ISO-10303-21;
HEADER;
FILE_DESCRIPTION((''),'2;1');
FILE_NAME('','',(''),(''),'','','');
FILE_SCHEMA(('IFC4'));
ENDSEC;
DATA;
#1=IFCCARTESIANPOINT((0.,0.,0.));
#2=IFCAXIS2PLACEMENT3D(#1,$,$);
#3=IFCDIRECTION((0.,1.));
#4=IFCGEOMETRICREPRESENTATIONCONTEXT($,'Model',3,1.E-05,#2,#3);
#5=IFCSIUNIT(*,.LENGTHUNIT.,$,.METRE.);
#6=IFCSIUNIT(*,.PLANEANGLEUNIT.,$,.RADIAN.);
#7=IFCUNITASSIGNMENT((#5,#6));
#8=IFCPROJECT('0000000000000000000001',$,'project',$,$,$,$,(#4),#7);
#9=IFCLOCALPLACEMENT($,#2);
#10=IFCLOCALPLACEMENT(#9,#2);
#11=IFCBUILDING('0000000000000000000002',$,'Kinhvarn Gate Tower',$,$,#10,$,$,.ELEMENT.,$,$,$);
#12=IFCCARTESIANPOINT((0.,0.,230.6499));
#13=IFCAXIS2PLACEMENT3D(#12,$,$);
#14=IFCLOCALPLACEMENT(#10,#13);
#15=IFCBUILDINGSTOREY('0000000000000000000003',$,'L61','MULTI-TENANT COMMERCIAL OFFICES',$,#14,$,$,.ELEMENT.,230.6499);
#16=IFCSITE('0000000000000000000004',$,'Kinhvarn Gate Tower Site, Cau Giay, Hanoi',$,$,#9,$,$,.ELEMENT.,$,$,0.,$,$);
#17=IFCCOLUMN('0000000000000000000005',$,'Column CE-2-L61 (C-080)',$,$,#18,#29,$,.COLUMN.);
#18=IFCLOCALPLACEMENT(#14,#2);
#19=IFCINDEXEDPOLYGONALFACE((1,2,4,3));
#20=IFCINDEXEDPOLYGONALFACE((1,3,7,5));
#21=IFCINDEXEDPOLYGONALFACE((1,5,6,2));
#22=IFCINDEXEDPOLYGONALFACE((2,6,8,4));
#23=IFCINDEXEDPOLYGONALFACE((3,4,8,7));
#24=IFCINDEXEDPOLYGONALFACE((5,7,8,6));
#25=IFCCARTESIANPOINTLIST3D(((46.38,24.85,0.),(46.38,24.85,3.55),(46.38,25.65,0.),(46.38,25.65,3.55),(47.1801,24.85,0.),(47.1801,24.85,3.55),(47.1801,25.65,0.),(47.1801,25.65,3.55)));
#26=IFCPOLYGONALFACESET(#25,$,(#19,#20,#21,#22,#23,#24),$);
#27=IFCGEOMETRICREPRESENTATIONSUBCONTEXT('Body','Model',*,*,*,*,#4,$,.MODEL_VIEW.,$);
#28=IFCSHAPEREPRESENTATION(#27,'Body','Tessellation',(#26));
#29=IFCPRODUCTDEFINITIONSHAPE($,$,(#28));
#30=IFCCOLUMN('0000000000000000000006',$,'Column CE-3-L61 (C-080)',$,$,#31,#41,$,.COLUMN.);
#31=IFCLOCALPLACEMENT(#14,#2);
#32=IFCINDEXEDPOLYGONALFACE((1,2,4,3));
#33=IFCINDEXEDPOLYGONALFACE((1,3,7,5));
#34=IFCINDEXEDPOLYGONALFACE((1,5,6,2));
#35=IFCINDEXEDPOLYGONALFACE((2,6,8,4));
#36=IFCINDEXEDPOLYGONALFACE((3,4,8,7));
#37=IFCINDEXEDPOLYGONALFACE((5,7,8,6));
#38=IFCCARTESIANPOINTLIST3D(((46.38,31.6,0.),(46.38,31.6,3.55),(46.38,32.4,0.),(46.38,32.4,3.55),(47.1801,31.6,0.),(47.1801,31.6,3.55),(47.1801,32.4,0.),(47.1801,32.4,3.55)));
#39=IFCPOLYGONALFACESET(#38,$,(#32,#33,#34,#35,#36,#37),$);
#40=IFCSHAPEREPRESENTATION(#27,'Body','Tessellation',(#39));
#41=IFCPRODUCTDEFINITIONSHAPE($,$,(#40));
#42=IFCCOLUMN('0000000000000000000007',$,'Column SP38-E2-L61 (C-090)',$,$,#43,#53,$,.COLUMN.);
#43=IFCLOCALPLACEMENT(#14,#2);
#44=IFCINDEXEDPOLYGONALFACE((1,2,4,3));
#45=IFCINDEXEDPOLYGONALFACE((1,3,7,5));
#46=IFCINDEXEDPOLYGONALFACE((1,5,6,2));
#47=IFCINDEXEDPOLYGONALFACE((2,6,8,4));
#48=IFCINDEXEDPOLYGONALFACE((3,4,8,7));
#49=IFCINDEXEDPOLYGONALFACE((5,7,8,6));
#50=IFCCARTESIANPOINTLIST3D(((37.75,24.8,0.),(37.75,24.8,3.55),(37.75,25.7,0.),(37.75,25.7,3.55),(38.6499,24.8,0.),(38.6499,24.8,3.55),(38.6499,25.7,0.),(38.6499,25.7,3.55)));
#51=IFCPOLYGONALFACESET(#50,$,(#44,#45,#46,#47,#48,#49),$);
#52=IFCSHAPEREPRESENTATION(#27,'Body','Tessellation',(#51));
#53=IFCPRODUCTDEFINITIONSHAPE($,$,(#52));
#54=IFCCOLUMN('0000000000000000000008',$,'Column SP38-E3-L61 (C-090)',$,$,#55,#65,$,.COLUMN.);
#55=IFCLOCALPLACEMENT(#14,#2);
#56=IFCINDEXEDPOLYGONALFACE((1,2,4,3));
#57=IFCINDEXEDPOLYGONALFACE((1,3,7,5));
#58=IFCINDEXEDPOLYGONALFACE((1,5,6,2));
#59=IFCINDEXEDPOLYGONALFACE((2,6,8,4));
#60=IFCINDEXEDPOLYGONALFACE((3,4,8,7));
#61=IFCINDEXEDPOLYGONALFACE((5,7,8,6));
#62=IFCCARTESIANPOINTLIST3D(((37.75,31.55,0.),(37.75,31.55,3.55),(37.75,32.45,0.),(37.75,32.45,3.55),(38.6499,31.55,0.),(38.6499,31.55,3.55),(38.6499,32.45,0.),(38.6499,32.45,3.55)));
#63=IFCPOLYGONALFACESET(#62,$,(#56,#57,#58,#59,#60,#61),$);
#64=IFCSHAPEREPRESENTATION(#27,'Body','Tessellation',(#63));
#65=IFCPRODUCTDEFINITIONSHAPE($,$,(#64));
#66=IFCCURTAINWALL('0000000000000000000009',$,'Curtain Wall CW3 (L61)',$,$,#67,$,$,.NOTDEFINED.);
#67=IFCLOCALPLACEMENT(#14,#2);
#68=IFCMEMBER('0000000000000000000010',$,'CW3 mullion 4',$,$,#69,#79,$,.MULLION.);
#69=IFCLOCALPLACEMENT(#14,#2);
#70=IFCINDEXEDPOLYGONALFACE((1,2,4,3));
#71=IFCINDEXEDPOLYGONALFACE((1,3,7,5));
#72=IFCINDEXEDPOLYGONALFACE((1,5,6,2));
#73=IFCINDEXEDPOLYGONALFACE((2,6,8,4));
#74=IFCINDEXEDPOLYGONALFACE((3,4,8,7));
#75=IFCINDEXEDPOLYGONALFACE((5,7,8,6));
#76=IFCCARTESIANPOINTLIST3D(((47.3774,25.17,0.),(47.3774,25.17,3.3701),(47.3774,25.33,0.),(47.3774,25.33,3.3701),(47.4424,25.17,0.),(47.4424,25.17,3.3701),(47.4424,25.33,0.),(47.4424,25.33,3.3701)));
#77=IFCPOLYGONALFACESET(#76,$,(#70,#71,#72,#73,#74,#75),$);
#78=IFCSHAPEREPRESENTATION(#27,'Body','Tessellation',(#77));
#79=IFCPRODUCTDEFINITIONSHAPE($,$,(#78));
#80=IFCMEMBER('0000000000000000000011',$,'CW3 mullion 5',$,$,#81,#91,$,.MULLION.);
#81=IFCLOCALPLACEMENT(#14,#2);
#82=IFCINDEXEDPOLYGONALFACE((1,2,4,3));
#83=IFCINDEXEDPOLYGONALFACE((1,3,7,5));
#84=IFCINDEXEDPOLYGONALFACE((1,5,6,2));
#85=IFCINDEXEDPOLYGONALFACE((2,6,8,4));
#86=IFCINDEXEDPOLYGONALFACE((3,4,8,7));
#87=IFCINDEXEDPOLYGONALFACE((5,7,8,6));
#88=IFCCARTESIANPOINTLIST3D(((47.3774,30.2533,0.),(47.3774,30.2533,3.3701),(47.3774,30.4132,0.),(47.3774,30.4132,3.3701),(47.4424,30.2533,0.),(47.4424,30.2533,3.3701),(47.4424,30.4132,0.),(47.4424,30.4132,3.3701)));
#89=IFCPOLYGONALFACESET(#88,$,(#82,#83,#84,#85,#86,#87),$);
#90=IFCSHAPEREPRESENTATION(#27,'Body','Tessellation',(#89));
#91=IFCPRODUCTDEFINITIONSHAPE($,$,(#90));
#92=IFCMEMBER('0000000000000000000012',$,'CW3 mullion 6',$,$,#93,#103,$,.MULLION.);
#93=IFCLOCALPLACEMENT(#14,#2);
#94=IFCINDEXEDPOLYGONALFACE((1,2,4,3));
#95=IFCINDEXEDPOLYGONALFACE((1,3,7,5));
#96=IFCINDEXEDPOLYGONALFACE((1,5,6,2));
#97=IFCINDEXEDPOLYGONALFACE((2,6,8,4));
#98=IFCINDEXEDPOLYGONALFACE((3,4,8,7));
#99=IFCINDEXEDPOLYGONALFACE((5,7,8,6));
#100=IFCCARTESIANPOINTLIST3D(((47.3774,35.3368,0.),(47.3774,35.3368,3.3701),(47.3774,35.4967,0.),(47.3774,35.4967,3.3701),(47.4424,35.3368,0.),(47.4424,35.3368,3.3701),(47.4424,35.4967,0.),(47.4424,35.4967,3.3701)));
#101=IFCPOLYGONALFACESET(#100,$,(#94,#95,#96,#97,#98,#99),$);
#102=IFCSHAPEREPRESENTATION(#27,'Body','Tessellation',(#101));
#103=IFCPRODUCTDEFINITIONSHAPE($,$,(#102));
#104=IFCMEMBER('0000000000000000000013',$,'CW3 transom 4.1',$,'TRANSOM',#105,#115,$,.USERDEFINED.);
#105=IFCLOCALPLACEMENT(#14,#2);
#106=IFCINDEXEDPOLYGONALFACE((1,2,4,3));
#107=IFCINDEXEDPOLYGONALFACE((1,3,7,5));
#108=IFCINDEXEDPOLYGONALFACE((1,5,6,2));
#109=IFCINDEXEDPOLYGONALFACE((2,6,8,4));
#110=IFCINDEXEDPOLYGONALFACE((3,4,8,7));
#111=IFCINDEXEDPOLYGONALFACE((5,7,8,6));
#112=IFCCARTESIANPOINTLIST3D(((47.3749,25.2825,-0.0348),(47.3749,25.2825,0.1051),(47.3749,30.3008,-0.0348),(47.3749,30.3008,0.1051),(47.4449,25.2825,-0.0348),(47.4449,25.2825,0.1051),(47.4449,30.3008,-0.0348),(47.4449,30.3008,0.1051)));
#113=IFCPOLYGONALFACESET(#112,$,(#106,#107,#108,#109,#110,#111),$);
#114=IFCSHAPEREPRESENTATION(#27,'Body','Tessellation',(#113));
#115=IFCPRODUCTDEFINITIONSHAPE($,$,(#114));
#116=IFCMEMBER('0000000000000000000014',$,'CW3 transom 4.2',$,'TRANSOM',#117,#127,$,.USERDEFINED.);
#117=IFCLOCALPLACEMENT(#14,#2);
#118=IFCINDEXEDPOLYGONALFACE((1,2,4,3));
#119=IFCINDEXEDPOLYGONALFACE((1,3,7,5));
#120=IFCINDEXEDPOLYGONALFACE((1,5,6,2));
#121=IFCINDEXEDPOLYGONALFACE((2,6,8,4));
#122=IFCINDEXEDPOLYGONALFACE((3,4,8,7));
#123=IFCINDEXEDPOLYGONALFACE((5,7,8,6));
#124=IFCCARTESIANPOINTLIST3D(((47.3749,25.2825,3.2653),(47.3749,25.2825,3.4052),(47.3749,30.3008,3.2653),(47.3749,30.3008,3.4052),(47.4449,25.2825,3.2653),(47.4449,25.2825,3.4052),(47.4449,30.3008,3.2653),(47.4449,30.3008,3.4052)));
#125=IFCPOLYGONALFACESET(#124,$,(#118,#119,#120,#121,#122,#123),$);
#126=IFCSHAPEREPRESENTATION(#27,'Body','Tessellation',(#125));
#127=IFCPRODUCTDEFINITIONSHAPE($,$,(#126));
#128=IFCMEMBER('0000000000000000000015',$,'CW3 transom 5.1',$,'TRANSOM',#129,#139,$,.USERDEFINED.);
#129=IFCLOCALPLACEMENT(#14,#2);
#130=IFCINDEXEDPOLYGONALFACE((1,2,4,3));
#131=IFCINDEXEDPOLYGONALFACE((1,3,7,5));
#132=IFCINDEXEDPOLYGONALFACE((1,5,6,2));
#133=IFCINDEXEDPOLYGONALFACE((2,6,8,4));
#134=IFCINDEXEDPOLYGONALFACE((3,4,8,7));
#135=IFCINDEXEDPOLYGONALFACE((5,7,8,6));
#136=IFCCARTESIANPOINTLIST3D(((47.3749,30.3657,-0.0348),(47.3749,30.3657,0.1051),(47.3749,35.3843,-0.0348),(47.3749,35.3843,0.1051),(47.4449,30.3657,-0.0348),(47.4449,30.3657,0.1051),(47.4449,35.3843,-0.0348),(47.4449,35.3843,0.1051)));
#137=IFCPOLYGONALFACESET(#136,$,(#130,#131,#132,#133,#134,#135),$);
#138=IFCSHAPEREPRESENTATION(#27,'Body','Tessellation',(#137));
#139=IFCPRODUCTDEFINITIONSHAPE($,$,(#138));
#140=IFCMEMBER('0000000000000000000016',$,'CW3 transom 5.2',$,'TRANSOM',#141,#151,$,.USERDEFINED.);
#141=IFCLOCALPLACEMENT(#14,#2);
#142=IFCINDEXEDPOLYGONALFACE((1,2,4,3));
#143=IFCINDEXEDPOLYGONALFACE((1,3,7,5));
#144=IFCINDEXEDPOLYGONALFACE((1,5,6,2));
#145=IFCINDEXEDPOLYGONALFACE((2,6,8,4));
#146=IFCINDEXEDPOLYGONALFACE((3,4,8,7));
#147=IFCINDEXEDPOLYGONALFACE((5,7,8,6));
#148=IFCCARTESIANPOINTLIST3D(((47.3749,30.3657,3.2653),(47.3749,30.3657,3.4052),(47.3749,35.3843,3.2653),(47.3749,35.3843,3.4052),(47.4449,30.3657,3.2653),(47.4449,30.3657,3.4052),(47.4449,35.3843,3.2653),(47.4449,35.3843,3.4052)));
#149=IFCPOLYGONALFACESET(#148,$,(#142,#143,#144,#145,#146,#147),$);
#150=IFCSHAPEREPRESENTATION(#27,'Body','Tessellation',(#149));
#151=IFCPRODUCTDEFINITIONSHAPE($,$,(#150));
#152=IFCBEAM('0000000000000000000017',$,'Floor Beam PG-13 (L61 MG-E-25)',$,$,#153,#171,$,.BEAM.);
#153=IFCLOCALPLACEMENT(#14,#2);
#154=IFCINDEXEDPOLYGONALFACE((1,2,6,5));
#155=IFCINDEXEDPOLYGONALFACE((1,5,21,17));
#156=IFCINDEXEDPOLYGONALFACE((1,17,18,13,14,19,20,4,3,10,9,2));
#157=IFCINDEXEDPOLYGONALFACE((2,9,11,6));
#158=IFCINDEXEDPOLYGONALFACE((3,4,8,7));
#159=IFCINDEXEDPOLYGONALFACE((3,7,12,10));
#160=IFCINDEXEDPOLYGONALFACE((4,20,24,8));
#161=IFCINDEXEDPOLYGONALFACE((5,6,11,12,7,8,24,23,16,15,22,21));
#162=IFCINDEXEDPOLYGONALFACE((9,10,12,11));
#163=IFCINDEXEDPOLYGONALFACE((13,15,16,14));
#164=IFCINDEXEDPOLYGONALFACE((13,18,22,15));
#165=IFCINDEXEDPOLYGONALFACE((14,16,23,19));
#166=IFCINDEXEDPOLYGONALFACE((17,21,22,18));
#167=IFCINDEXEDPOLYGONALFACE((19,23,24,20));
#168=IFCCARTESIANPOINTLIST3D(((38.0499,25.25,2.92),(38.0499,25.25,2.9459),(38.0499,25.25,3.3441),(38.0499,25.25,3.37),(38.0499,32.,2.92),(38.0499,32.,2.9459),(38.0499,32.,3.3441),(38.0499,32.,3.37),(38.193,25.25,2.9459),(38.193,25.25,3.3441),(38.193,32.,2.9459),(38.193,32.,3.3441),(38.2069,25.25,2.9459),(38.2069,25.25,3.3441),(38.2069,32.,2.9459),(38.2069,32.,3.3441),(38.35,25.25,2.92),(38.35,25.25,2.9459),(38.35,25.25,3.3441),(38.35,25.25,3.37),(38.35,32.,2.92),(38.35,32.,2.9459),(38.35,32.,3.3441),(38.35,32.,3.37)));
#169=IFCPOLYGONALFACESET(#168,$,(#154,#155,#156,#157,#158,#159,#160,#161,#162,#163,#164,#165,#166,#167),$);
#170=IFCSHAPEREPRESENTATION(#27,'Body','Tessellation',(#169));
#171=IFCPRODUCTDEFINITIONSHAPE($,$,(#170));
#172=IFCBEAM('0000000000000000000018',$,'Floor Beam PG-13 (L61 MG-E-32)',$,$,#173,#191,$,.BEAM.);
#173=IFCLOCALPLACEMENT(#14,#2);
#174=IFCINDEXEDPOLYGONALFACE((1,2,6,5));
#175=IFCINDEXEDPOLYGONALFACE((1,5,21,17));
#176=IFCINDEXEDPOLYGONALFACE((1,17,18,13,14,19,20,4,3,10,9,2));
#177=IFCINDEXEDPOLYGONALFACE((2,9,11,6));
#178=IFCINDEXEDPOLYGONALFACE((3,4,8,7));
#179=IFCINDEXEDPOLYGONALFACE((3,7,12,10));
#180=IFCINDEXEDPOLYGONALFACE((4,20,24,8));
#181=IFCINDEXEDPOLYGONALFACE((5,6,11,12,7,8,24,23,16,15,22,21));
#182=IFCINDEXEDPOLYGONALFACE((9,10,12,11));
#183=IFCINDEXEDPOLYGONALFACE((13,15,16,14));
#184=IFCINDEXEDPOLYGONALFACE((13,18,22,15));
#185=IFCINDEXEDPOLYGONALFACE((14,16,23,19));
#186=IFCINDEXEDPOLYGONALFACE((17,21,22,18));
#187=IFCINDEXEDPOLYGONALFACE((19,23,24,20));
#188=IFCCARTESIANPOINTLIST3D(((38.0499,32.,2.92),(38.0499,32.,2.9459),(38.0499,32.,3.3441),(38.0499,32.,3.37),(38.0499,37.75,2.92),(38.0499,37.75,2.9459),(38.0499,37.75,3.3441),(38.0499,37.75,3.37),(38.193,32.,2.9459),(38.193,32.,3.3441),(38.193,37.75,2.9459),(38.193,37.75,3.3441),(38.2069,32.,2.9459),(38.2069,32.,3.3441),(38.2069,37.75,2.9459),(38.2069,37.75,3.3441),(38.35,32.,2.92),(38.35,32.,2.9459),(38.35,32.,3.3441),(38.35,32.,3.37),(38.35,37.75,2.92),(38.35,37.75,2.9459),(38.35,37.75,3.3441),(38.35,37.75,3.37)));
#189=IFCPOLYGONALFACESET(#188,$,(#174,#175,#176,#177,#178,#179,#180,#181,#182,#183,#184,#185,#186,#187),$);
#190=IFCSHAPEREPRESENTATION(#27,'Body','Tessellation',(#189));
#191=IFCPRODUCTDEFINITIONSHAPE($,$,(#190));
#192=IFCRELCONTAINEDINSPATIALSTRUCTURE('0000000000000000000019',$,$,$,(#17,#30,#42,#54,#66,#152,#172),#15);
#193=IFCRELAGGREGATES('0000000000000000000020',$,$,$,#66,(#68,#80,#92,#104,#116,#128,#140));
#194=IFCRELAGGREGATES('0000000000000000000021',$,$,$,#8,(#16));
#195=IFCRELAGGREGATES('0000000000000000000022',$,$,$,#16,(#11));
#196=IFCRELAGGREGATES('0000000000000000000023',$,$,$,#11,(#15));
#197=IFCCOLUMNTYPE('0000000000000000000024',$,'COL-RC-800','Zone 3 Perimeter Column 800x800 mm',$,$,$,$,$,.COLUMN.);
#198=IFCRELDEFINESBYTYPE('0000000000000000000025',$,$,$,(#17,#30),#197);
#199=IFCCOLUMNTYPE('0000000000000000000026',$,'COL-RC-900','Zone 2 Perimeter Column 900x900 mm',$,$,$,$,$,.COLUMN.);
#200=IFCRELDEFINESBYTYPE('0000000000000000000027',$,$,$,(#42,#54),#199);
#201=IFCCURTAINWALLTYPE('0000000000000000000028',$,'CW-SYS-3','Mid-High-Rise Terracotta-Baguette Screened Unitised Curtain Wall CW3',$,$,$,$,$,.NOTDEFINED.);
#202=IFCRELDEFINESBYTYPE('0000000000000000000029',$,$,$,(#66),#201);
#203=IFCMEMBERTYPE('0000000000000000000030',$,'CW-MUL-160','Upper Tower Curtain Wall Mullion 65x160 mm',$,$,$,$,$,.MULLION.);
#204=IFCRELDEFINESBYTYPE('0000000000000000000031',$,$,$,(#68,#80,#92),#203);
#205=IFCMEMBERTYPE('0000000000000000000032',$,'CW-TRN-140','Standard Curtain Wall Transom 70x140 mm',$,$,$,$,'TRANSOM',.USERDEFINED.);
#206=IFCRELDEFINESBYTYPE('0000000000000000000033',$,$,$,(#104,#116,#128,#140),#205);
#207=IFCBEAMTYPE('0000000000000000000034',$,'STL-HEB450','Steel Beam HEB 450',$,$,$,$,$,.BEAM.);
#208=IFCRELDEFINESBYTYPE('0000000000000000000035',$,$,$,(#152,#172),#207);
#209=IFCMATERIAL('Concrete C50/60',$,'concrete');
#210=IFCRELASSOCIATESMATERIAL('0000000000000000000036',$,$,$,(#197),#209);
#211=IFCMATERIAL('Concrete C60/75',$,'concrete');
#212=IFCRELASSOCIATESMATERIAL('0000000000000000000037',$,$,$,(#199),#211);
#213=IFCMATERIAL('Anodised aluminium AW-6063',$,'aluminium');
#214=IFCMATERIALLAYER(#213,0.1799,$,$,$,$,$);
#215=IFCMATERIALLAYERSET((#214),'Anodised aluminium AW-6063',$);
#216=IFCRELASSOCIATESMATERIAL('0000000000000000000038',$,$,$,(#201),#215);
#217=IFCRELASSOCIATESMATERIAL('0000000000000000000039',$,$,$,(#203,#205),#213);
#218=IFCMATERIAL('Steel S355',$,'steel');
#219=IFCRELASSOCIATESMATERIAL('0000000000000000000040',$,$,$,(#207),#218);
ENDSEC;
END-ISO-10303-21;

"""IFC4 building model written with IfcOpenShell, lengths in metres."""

from ifc_helpers import new_model, si_unit, direction, frame, origin, origin_2d, place, context, subcontext, project, spatial, rectangle, i_section, extrude, material, layer, layer_set, material_profile, profile_set, type_object, element, aggregate, save


model = new_model("IFC4")

# Units and contexts
model_context = context("Model", 3, precision=1e-05, world=origin(), true_north=direction((0.0, 1.0)))
body_context = subcontext(model_context, "Body", "Model", "MODEL_VIEW")
ifc_project = project(units=[si_unit("LENGTHUNIT", "METRE"), si_unit("PLANEANGLEUNIT", "RADIAN")], contexts=[model_context])

# Site, building, storey
site_placement = place(None, origin())
site = spatial("IfcSite", under=ifc_project, at=site_placement, Name="Kinhvarn Gate Tower Site, Cau Giay, Hanoi", CompositionType="ELEMENT", RefElevation=0.0)
building_placement = place(site_placement, origin())
building = spatial("IfcBuilding", under=site, at=building_placement, Name="Kinhvarn Gate Tower", CompositionType="ELEMENT")
storey_placement = place(building_placement, frame((0.0, 0.0, 230.6499)))
storey = spatial("IfcBuildingStorey", under=building, at=storey_placement, Name="L61", Description="MULTI-TENANT COMMERCIAL OFFICES", CompositionType="ELEMENT", Elevation=230.6499)

# Columns
ifc_material_1 = material(Name="Concrete C50/60", Category="concrete")
ifc_material_profile_1 = material_profile(ifc_material_1, rectangle(XDim=0.8, YDim=0.8, at=origin_2d()), Name="RC 800x800")
ifc_profile_set_1 = profile_set([ifc_material_profile_1], Name="Concrete C50/60")
column_type_1 = type_object("IfcColumnType", Name="COL-RC-800", Description="Zone 3 Perimeter Column 800x800 mm", PredefinedType="COLUMN", material=ifc_profile_set_1)
for number, where, z_axis, x_axis, name in (
    (1, (46.78, 25.25, 0.0), (0.0, 0.0, 1.0), (1.0, 0.0, 0.0), "Column CE-2-L61 (C-080)"),
    (2, (46.78, 32.0, 0.0), (0.0, 0.0, 1.0), (1.0, 0.0, 0.0), "Column CE-3-L61 (C-080)"),
):
    element("IfcColumn", number, at=place(storey_placement, frame(where, z_axis=z_axis, x_axis=x_axis)), inside=storey, type_object=column_type_1, Name=name, PredefinedType="COLUMN", context=body_context, shape_type="SweptSolid", body=[
        extrude(rectangle(XDim=0.8, YDim=0.8, at=origin_2d()), origin(), (0.0, 0.0, 1.0), 3.55),
    ])
ifc_material_2 = material(Name="Concrete C60/75", Category="concrete")
ifc_material_profile_2 = material_profile(ifc_material_2, rectangle(XDim=0.8999, YDim=0.8999, at=origin_2d()), Name="RC 900x900")
ifc_profile_set_2 = profile_set([ifc_material_profile_2], Name="Concrete C60/75")
column_type_2 = type_object("IfcColumnType", Name="COL-RC-900", Description="Zone 2 Perimeter Column 900x900 mm", PredefinedType="COLUMN", material=ifc_profile_set_2)
for number, where, z_axis, x_axis, name in (
    (3, (38.2, 25.25, 0.0), (0.0, 0.0, 1.0), (1.0, 0.0, 0.0), "Column SP38-E2-L61 (C-090)"),
    (4, (38.2, 32.0, 0.0), (0.0, 0.0, 1.0), (1.0, 0.0, 0.0), "Column SP38-E3-L61 (C-090)"),
):
    element("IfcColumn", number, at=place(storey_placement, frame(where, z_axis=z_axis, x_axis=x_axis)), inside=storey, type_object=column_type_2, Name=name, PredefinedType="COLUMN", context=body_context, shape_type="SweptSolid", body=[
        extrude(rectangle(XDim=0.8999, YDim=0.8999, at=origin_2d()), origin(), (0.0, 0.0, 1.0), 3.55),
    ])

# Curtain wall, members
ifc_material_3 = material(Name="Anodised aluminium AW-6063", Category="aluminium")
ifc_layer_1 = layer(ifc_material_3, 0.1799)
ifc_layer_set_1 = layer_set([ifc_layer_1], Name="Anodised aluminium AW-6063")
curtain_wall_type = type_object("IfcCurtainWallType", Name="CW-SYS-3", Description="Mid-High-Rise Terracotta-Baguette Screened Unitised Curtain Wall CW3", PredefinedType="NOTDEFINED", material=ifc_layer_set_1)
curtain_wall_placement = place(storey_placement, origin())
curtain_wall = element("IfcCurtainWall", 5, at=curtain_wall_placement, inside=storey, type_object=curtain_wall_type, Name="Curtain Wall CW3 (L61)", PredefinedType="NOTDEFINED")
ifc_material_profile_3 = material_profile(ifc_material_3, rectangle(XDim=0.0649, YDim=0.1599, at=origin_2d()), Name="ALU 65x160")
ifc_profile_set_3 = profile_set([ifc_material_profile_3], Name="Anodised aluminium AW-6063")
member_type_1 = type_object("IfcMemberType", Name="CW-MUL-160", Description="Upper Tower Curtain Wall Mullion 65x160 mm", PredefinedType="MULLION", material=ifc_profile_set_3)
member_1_placement = place(storey_placement, frame((47.4099, 25.25, 0.0), z_axis=(0.0, 0.0, 1.0), x_axis=(-1.0, 0.0, 0.0)))
member_1 = element("IfcMember", 6, at=member_1_placement, type_object=member_type_1, Name="CW3 mullion 4", PredefinedType="MULLION", context=body_context, shape_type="SweptSolid", body=[
    extrude(rectangle(XDim=0.0649, YDim=0.1599, at=origin_2d()), origin(), (0.0, 0.0, 1.0), 3.3701),
])
member_2_placement = place(storey_placement, frame((47.4099, 30.3333, 0.0), z_axis=(0.0, 0.0, 1.0), x_axis=(-1.0, 0.0, 0.0)))
member_2 = element("IfcMember", 7, at=member_2_placement, type_object=member_type_1, Name="CW3 mullion 5", PredefinedType="MULLION", context=body_context, shape_type="SweptSolid", body=[
    extrude(rectangle(XDim=0.0649, YDim=0.1599, at=origin_2d()), origin(), (0.0, 0.0, 1.0), 3.3701),
])
member_3_placement = place(storey_placement, frame((47.4099, 35.4167, 0.0), z_axis=(0.0, 0.0, 1.0), x_axis=(-1.0, 0.0, 0.0)))
member_3 = element("IfcMember", 8, at=member_3_placement, type_object=member_type_1, Name="CW3 mullion 6", PredefinedType="MULLION", context=body_context, shape_type="SweptSolid", body=[
    extrude(rectangle(XDim=0.0649, YDim=0.1599, at=origin_2d()), origin(), (0.0, 0.0, 1.0), 3.3701),
])
ifc_material_profile_4 = material_profile(ifc_material_3, rectangle(XDim=0.0701, YDim=0.1399, at=origin_2d()), Name="ALU 70x140")
ifc_profile_set_4 = profile_set([ifc_material_profile_4], Name="Anodised aluminium AW-6063")
member_type_2 = type_object("IfcMemberType", Name="CW-TRN-140", Description="Standard Curtain Wall Transom 70x140 mm", ElementType="TRANSOM", PredefinedType="USERDEFINED", material=ifc_profile_set_4)
member_4_placement = place(storey_placement, frame((47.4099, 25.2825, 0.0352), z_axis=(0.0, 1.0, 0.0), x_axis=(-1.0, 0.0, 0.0)))
member_4 = element("IfcMember", 9, at=member_4_placement, type_object=member_type_2, Name="CW3 transom 4.1", ObjectType="TRANSOM", PredefinedType="USERDEFINED", context=body_context, shape_type="SweptSolid", body=[
    extrude(rectangle(XDim=0.0701, YDim=0.1399, at=origin_2d()), origin(), (0.0, 0.0, 1.0), 5.0183),
])
member_5_placement = place(storey_placement, frame((47.4099, 25.2825, 3.3352), z_axis=(0.0, 1.0, 0.0), x_axis=(-1.0, 0.0, 0.0)))
member_5 = element("IfcMember", 10, at=member_5_placement, type_object=member_type_2, Name="CW3 transom 4.2", ObjectType="TRANSOM", PredefinedType="USERDEFINED", context=body_context, shape_type="SweptSolid", body=[
    extrude(rectangle(XDim=0.0701, YDim=0.1399, at=origin_2d()), origin(), (0.0, 0.0, 1.0), 5.0183),
])
member_6_placement = place(storey_placement, frame((47.4099, 30.3657, 0.0352), z_axis=(0.0, 1.0, 0.0), x_axis=(-1.0, 0.0, 0.0)))
member_6 = element("IfcMember", 11, at=member_6_placement, type_object=member_type_2, Name="CW3 transom 5.1", ObjectType="TRANSOM", PredefinedType="USERDEFINED", context=body_context, shape_type="SweptSolid", body=[
    extrude(rectangle(XDim=0.0701, YDim=0.1399, at=origin_2d()), origin(), (0.0, 0.0, 1.0), 5.0186),
])
member_7_placement = place(storey_placement, frame((47.4099, 30.3657, 3.3352), z_axis=(0.0, 1.0, 0.0), x_axis=(-1.0, 0.0, 0.0)))
member_7 = element("IfcMember", 12, at=member_7_placement, type_object=member_type_2, Name="CW3 transom 5.2", ObjectType="TRANSOM", PredefinedType="USERDEFINED", context=body_context, shape_type="SweptSolid", body=[
    extrude(rectangle(XDim=0.0701, YDim=0.1399, at=origin_2d()), origin(), (0.0, 0.0, 1.0), 5.0186),
])

# Beams
ifc_material_4 = material(Name="Steel S355", Category="steel")
ifc_material_profile_5 = material_profile(ifc_material_4, i_section(OverallWidth=0.3, OverallDepth=0.45, WebThickness=0.0139, FlangeThickness=0.0259, at=origin_2d()), Name="HEB 450")
ifc_profile_set_5 = profile_set([ifc_material_profile_5], Name="Steel S355")
beam_type_1 = type_object("IfcBeamType", Name="STL-HEB450", Description="Steel Beam HEB 450", PredefinedType="BEAM", material=ifc_profile_set_5)
beam_1_placement = place(storey_placement, frame((38.2, 25.25, 3.145), z_axis=(0.0, 1.0, 0.0), x_axis=(-1.0, 0.0, 0.0)))
element("IfcBeam", 13, at=beam_1_placement, inside=storey, type_object=beam_type_1, Name="Floor Beam PG-13 (L61 MG-E-25)", PredefinedType="BEAM", context=body_context, shape_type="SweptSolid", body=[
    extrude(i_section(OverallWidth=0.3, OverallDepth=0.45, WebThickness=0.0139, FlangeThickness=0.0259, at=origin_2d()), origin(), (0.0, 0.0, 1.0), 6.75),
])
beam_2_placement = place(storey_placement, frame((38.2, 32.0, 3.145), z_axis=(0.0, 1.0, 0.0), x_axis=(-1.0, 0.0, 0.0)))
element("IfcBeam", 14, at=beam_2_placement, inside=storey, type_object=beam_type_1, Name="Floor Beam PG-13 (L61 MG-E-32)", PredefinedType="BEAM", context=body_context, shape_type="SweptSolid", body=[
    extrude(i_section(OverallWidth=0.3, OverallDepth=0.45, WebThickness=0.0139, FlangeThickness=0.0259, at=origin_2d()), origin(), (0.0, 0.0, 1.0), 5.75),
])

aggregate(curtain_wall, [member_1, member_2, member_3, member_4, member_5, member_6, member_7])

save(model, "model.ifc")
